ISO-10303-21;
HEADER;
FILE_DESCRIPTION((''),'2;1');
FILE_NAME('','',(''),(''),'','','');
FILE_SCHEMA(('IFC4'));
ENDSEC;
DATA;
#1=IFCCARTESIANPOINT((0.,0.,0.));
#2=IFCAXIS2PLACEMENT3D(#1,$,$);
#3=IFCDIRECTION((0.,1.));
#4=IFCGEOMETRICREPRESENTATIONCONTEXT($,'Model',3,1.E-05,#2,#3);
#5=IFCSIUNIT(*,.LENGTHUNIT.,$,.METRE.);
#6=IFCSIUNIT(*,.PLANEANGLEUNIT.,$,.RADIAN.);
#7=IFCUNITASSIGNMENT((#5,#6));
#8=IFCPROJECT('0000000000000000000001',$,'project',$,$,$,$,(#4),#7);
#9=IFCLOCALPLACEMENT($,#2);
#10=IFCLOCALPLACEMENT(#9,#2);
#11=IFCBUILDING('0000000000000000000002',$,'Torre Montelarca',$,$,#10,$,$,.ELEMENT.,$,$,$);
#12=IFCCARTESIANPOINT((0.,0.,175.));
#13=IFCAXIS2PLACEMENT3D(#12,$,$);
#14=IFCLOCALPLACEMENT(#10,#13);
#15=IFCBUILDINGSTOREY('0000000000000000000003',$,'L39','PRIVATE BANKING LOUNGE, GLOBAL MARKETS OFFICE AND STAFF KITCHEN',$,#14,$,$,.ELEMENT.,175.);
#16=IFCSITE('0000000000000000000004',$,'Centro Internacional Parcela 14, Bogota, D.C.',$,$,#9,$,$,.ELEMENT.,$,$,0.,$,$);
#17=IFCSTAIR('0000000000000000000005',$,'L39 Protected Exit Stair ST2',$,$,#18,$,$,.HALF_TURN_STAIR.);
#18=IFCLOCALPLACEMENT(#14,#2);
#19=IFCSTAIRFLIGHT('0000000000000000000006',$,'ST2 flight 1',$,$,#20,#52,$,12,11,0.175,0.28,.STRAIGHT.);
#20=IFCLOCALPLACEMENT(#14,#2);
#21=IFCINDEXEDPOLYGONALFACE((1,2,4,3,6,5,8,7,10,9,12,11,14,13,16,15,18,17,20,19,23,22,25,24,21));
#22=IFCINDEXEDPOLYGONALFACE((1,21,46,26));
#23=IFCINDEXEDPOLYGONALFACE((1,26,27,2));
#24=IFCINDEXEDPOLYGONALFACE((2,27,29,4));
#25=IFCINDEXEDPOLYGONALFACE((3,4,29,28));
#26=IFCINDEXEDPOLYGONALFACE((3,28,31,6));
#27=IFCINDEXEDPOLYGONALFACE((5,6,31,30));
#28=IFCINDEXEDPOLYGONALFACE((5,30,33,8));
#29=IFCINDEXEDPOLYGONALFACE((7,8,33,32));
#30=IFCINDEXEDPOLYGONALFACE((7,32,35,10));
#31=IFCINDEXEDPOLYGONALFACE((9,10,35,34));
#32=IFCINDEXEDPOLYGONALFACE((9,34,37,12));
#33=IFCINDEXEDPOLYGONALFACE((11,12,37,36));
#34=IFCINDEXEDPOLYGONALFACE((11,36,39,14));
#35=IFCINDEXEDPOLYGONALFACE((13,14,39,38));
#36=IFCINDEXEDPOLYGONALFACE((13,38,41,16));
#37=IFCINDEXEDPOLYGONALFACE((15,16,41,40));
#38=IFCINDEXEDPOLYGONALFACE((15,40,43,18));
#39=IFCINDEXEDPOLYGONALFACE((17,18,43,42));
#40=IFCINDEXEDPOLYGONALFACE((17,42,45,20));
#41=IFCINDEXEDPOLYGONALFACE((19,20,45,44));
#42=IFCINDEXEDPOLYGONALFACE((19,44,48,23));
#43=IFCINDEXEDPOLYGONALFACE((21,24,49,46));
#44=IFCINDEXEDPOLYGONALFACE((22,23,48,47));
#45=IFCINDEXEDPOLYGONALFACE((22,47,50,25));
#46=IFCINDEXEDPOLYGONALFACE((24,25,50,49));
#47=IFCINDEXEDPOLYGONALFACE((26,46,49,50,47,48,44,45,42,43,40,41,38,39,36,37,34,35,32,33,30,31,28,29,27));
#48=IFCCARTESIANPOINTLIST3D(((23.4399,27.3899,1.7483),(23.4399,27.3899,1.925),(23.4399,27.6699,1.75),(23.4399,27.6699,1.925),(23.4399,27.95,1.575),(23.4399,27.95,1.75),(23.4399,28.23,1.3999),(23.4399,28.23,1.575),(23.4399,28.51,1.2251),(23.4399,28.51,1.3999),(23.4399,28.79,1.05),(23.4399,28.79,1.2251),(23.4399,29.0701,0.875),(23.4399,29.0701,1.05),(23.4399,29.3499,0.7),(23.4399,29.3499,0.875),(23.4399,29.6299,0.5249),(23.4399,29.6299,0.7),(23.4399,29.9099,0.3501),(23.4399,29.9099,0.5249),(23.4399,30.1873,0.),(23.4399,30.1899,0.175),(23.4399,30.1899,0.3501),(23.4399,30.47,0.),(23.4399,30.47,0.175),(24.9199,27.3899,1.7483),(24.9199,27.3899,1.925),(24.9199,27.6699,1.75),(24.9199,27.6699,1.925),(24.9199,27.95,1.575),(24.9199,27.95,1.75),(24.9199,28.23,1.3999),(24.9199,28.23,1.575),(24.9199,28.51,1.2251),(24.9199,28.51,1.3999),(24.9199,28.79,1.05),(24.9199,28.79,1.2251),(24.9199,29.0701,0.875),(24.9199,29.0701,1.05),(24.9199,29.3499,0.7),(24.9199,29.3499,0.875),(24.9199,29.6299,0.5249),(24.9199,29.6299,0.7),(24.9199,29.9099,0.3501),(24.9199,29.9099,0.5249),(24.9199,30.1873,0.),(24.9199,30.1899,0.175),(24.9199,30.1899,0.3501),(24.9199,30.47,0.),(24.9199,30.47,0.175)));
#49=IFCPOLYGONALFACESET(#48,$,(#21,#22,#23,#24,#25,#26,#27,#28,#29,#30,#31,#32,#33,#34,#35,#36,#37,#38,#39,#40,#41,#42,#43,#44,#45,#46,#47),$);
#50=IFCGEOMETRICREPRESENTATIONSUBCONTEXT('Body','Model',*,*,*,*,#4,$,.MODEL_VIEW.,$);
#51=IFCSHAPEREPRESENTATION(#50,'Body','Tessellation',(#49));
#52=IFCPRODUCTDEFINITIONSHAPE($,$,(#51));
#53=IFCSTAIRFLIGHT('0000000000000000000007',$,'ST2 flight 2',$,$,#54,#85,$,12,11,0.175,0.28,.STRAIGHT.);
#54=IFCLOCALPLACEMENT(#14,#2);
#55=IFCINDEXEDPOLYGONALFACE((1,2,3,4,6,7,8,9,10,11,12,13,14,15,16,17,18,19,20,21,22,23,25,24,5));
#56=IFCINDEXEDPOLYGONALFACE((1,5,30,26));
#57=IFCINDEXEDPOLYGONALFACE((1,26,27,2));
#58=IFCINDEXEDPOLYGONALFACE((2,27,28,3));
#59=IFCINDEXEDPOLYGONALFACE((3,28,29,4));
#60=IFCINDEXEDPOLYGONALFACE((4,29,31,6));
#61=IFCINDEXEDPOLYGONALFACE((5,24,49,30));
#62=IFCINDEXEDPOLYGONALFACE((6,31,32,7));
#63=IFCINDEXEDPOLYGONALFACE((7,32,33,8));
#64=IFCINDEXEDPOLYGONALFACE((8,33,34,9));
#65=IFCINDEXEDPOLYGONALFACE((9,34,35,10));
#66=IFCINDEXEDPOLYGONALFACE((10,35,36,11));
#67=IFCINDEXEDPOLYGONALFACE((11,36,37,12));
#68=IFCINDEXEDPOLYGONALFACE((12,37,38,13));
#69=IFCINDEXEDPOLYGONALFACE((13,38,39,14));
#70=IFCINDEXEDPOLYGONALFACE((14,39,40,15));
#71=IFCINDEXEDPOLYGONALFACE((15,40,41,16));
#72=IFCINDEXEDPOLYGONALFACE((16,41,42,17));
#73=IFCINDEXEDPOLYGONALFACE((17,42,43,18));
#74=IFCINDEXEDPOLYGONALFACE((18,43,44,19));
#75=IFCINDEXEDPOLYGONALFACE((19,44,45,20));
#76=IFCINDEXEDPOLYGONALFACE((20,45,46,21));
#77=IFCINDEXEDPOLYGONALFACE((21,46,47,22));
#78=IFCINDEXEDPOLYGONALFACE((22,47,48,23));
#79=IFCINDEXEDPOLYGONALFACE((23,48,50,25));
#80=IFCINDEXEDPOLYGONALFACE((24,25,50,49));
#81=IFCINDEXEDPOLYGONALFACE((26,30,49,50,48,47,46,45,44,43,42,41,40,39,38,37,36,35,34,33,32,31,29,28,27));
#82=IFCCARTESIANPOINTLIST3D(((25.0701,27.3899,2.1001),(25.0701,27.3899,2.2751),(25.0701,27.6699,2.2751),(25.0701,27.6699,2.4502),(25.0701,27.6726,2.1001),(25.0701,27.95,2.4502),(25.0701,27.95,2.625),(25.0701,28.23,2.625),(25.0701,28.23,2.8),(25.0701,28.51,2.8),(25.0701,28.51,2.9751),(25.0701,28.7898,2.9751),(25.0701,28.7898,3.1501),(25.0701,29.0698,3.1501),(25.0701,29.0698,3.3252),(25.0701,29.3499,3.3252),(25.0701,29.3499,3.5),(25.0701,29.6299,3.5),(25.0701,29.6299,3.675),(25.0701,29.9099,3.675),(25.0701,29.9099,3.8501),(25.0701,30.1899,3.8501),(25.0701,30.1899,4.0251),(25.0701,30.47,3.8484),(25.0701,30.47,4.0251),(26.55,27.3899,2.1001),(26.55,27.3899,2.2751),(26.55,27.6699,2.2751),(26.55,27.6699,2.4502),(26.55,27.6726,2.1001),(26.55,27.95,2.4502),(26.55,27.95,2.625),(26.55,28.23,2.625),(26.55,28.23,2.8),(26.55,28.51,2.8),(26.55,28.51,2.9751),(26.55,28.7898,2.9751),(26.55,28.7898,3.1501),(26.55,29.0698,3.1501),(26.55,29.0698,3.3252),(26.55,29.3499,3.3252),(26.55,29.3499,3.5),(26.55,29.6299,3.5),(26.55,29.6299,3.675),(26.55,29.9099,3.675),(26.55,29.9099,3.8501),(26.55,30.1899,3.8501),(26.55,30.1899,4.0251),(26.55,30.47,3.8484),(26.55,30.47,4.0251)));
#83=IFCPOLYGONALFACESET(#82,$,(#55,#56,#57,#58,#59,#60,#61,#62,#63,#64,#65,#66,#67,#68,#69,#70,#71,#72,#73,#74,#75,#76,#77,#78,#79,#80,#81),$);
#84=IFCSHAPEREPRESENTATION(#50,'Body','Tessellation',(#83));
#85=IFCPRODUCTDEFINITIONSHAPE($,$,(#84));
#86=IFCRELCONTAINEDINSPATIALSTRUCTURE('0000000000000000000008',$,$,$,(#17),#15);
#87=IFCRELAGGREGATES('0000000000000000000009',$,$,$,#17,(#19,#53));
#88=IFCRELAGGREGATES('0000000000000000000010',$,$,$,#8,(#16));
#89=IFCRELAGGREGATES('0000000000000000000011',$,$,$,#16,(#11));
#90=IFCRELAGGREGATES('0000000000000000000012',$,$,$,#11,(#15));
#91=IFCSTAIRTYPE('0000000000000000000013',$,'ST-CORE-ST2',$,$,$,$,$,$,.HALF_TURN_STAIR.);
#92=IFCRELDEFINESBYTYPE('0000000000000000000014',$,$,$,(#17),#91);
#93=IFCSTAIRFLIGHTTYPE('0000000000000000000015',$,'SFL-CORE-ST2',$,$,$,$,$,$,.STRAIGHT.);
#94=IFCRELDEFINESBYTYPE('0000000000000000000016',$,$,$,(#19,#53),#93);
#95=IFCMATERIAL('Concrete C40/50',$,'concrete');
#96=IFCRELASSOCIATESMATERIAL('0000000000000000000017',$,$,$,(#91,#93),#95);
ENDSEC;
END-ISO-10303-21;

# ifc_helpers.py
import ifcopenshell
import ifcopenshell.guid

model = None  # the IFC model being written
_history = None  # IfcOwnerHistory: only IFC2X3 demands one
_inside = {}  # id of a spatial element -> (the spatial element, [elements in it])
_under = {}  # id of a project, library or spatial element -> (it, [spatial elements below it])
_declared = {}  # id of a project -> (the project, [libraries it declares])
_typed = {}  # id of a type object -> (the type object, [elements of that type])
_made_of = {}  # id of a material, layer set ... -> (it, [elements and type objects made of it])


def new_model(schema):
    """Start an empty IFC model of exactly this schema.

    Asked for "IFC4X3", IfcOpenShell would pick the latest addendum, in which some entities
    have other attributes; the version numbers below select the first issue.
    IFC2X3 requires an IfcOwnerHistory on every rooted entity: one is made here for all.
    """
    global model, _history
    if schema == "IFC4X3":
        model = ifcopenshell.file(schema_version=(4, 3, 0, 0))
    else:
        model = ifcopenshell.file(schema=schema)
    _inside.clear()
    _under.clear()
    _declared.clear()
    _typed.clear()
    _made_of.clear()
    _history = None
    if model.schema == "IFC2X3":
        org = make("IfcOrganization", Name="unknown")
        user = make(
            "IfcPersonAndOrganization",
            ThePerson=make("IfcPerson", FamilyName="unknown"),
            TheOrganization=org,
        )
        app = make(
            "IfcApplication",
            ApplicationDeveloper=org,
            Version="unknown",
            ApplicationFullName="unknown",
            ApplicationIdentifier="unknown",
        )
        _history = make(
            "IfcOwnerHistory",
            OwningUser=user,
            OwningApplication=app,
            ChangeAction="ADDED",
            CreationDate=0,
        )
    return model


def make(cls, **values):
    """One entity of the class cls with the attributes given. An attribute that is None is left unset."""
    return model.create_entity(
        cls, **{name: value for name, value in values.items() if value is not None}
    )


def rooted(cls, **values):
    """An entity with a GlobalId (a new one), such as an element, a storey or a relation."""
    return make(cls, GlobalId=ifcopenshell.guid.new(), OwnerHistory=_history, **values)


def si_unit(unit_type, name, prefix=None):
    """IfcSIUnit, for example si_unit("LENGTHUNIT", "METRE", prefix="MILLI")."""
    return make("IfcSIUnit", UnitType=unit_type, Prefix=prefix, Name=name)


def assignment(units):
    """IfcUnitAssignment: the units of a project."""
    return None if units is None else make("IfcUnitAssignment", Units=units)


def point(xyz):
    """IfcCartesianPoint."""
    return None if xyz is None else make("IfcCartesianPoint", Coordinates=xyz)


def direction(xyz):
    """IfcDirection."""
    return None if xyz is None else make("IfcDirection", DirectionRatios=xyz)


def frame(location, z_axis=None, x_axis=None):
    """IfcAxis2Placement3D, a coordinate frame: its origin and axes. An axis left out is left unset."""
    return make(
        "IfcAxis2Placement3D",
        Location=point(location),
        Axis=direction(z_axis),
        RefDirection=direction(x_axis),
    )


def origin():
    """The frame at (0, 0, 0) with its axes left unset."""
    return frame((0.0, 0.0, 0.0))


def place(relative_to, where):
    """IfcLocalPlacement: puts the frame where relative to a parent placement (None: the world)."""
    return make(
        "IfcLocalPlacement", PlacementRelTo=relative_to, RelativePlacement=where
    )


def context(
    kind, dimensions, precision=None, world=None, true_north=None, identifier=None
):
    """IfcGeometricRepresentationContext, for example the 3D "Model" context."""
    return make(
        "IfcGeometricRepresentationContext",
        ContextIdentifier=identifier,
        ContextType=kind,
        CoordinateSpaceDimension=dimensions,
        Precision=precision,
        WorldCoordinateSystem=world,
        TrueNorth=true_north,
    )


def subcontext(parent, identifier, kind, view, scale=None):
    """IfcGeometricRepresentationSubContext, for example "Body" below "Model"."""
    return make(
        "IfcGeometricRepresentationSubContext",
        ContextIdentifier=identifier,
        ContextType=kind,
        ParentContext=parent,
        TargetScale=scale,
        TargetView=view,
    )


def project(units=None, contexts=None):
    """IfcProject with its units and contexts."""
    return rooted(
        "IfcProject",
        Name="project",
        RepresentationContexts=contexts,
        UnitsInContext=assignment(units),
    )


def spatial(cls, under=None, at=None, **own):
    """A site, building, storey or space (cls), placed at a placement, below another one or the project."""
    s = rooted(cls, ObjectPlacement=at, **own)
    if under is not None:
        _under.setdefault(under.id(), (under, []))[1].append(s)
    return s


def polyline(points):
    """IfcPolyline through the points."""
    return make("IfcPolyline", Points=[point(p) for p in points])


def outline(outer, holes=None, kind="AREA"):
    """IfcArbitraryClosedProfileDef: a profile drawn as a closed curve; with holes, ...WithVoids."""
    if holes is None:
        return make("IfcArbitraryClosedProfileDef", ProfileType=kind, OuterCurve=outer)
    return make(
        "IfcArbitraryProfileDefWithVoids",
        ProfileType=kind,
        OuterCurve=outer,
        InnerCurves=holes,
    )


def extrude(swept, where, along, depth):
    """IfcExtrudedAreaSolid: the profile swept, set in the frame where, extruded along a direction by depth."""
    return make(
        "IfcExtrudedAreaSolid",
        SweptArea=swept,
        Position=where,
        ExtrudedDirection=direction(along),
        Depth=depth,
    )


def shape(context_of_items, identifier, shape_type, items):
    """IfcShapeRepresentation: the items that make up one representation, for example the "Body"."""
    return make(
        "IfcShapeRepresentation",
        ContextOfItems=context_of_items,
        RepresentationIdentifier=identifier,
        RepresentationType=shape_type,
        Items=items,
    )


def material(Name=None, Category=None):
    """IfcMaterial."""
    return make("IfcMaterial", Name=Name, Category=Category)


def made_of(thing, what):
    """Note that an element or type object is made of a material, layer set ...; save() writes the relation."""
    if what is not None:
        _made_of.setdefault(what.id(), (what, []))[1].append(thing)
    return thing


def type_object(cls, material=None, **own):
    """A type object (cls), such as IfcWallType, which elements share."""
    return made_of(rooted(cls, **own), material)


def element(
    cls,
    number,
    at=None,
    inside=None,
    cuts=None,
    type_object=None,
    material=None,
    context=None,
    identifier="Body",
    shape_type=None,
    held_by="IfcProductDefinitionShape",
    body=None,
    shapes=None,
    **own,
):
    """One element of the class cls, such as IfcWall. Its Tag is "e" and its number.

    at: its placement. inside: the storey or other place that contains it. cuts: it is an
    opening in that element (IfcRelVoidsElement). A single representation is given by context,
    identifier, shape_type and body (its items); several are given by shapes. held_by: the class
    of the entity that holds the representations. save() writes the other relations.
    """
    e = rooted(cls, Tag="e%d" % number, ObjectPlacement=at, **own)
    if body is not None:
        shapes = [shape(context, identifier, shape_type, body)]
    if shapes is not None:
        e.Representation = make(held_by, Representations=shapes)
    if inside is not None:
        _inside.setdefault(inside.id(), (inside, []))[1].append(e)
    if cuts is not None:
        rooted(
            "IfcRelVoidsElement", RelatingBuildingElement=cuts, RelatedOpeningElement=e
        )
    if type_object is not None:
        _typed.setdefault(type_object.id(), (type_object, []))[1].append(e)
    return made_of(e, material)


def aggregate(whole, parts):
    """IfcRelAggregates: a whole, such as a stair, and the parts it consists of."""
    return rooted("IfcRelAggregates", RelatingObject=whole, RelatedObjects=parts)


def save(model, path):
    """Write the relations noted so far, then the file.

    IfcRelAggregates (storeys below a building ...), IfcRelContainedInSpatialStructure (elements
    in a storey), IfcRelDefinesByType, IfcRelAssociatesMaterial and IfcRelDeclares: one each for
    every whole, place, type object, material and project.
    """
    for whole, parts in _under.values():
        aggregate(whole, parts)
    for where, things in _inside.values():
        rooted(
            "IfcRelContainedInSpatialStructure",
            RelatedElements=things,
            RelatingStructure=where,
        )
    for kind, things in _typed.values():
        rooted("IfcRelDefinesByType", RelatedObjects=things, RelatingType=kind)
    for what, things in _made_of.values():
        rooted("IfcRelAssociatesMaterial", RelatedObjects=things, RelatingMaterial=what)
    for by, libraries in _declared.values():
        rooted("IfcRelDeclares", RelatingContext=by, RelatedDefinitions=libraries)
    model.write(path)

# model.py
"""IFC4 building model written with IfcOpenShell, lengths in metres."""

from ifc_helpers import new_model, si_unit, direction, frame, origin, place, context, subcontext, project, spatial, polyline, outline, extrude, material, type_object, element, aggregate, save


model = new_model("IFC4")

# Units and contexts
model_context = context("Model", 3, precision=1e-05, world=origin(), true_north=direction((0.0, 1.0)))
body_context = subcontext(model_context, "Body", "Model", "MODEL_VIEW")
ifc_project = project(units=[si_unit("LENGTHUNIT", "METRE"), si_unit("PLANEANGLEUNIT", "RADIAN")], contexts=[model_context])

# Site, building, storey
site_placement = place(None, origin())
site = spatial("IfcSite", under=ifc_project, at=site_placement, Name="Centro Internacional Parcela 14, Bogota, D.C.", CompositionType="ELEMENT", RefElevation=0.0)
building_placement = place(site_placement, origin())
building = spatial("IfcBuilding", under=site, at=building_placement, Name="Torre Montelarca", CompositionType="ELEMENT")
storey_placement = place(building_placement, frame((0.0, 0.0, 175.0)))
storey = spatial("IfcBuildingStorey", under=building, at=storey_placement, Name="L39", Description="PRIVATE BANKING LOUNGE, GLOBAL MARKETS OFFICE AND STAFF KITCHEN", CompositionType="ELEMENT", Elevation=175.0)

# Shared definitions
ifc_material_1 = material(Name="Concrete C40/50", Category="concrete")

# Stair, stair flights
stair_type = type_object("IfcStairType", Name="ST-CORE-ST2", PredefinedType="HALF_TURN_STAIR", material=ifc_material_1)
stair_placement = place(storey_placement, origin())
stair = element("IfcStair", 1, at=stair_placement, inside=storey, type_object=stair_type, Name="L39 Protected Exit Stair ST2", PredefinedType="HALF_TURN_STAIR")
stair_flight_type = type_object("IfcStairFlightType", Name="SFL-CORE-ST2", PredefinedType="STRAIGHT", material=ifc_material_1)
stair_flight_1_placement = place(storey_placement, frame((24.1799, 30.47, 0.0), z_axis=(0.0, 0.0, 1.0), x_axis=(0.0, -1.0, 0.0)))
stair_flight_1 = element("IfcStairFlight", 2, at=stair_flight_1_placement, type_object=stair_flight_type, Name="ST2 flight 1", NumberOfRisers=12, NumberOfTreads=11, PredefinedType="STRAIGHT", RiserHeight=0.175, TreadLength=0.28, context=body_context, shape_type="SweptSolid", body=[
    extrude(outline(polyline([(0.0, 0.0), (0.0, 0.175), (0.28, 0.175), (0.28, 0.3501), (0.5601, 0.3501), (0.5601, 0.5249), (0.8401, 0.5249), (0.8401, 0.7), (1.1201, 0.7), (1.1201, 0.875), (1.3999, 0.875), (1.3999, 1.05), (1.6799, 1.05), (1.6799, 1.2251), (1.96, 1.2251), (1.96, 1.3999), (2.24, 1.3999), (2.24, 1.575), (2.52, 1.575), (2.52, 1.75), (2.8, 1.75), (2.8, 1.925), (3.0801, 1.925), (3.0801, 2.1001), (3.0801, 1.7483), (0.2827, 0.0), (0.0, 0.0)])), frame((0.0, 0.74, 0.0), z_axis=(0.0, -1.0, 0.0), x_axis=(1.0, 0.0, 0.0)), (0.0, 0.0, 1.0), 1.48),
])
stair_flight_2_placement = place(storey_placement, frame((25.8101, 27.3899, 2.1001), z_axis=(0.0, 0.0, 1.0), x_axis=(0.0, 1.0, 0.0)))
stair_flight_2 = element("IfcStairFlight", 3, at=stair_flight_2_placement, type_object=stair_flight_type, Name="ST2 flight 2", NumberOfRisers=12, NumberOfTreads=11, PredefinedType="STRAIGHT", RiserHeight=0.175, TreadLength=0.28, context=body_context, shape_type="SweptSolid", body=[
    extrude(outline(polyline([(0.0, 0.0), (0.0, 0.175), (0.28, 0.175), (0.28, 0.3501), (0.5601, 0.3501), (0.5601, 0.5249), (0.8401, 0.5249), (0.8401, 0.7), (1.1201, 0.7), (1.1201, 0.875), (1.3999, 0.875), (1.3999, 1.05), (1.6799, 1.05), (1.6799, 1.2251), (1.96, 1.2251), (1.96, 1.3999), (2.24, 1.3999), (2.24, 1.575), (2.52, 1.575), (2.52, 1.75), (2.8, 1.75), (2.8, 1.925), (3.0801, 1.925), (3.0801, 2.1001), (3.0801, 1.7483), (0.2827, 0.0), (0.0, 0.0)])), frame((0.0, 0.74, 0.0), z_axis=(0.0, -1.0, 0.0), x_axis=(1.0, 0.0, 0.0)), (0.0, 0.0, 1.0), 1.48),
])
aggregate(stair, [stair_flight_1, stair_flight_2])

save(model, "model.ifc")
